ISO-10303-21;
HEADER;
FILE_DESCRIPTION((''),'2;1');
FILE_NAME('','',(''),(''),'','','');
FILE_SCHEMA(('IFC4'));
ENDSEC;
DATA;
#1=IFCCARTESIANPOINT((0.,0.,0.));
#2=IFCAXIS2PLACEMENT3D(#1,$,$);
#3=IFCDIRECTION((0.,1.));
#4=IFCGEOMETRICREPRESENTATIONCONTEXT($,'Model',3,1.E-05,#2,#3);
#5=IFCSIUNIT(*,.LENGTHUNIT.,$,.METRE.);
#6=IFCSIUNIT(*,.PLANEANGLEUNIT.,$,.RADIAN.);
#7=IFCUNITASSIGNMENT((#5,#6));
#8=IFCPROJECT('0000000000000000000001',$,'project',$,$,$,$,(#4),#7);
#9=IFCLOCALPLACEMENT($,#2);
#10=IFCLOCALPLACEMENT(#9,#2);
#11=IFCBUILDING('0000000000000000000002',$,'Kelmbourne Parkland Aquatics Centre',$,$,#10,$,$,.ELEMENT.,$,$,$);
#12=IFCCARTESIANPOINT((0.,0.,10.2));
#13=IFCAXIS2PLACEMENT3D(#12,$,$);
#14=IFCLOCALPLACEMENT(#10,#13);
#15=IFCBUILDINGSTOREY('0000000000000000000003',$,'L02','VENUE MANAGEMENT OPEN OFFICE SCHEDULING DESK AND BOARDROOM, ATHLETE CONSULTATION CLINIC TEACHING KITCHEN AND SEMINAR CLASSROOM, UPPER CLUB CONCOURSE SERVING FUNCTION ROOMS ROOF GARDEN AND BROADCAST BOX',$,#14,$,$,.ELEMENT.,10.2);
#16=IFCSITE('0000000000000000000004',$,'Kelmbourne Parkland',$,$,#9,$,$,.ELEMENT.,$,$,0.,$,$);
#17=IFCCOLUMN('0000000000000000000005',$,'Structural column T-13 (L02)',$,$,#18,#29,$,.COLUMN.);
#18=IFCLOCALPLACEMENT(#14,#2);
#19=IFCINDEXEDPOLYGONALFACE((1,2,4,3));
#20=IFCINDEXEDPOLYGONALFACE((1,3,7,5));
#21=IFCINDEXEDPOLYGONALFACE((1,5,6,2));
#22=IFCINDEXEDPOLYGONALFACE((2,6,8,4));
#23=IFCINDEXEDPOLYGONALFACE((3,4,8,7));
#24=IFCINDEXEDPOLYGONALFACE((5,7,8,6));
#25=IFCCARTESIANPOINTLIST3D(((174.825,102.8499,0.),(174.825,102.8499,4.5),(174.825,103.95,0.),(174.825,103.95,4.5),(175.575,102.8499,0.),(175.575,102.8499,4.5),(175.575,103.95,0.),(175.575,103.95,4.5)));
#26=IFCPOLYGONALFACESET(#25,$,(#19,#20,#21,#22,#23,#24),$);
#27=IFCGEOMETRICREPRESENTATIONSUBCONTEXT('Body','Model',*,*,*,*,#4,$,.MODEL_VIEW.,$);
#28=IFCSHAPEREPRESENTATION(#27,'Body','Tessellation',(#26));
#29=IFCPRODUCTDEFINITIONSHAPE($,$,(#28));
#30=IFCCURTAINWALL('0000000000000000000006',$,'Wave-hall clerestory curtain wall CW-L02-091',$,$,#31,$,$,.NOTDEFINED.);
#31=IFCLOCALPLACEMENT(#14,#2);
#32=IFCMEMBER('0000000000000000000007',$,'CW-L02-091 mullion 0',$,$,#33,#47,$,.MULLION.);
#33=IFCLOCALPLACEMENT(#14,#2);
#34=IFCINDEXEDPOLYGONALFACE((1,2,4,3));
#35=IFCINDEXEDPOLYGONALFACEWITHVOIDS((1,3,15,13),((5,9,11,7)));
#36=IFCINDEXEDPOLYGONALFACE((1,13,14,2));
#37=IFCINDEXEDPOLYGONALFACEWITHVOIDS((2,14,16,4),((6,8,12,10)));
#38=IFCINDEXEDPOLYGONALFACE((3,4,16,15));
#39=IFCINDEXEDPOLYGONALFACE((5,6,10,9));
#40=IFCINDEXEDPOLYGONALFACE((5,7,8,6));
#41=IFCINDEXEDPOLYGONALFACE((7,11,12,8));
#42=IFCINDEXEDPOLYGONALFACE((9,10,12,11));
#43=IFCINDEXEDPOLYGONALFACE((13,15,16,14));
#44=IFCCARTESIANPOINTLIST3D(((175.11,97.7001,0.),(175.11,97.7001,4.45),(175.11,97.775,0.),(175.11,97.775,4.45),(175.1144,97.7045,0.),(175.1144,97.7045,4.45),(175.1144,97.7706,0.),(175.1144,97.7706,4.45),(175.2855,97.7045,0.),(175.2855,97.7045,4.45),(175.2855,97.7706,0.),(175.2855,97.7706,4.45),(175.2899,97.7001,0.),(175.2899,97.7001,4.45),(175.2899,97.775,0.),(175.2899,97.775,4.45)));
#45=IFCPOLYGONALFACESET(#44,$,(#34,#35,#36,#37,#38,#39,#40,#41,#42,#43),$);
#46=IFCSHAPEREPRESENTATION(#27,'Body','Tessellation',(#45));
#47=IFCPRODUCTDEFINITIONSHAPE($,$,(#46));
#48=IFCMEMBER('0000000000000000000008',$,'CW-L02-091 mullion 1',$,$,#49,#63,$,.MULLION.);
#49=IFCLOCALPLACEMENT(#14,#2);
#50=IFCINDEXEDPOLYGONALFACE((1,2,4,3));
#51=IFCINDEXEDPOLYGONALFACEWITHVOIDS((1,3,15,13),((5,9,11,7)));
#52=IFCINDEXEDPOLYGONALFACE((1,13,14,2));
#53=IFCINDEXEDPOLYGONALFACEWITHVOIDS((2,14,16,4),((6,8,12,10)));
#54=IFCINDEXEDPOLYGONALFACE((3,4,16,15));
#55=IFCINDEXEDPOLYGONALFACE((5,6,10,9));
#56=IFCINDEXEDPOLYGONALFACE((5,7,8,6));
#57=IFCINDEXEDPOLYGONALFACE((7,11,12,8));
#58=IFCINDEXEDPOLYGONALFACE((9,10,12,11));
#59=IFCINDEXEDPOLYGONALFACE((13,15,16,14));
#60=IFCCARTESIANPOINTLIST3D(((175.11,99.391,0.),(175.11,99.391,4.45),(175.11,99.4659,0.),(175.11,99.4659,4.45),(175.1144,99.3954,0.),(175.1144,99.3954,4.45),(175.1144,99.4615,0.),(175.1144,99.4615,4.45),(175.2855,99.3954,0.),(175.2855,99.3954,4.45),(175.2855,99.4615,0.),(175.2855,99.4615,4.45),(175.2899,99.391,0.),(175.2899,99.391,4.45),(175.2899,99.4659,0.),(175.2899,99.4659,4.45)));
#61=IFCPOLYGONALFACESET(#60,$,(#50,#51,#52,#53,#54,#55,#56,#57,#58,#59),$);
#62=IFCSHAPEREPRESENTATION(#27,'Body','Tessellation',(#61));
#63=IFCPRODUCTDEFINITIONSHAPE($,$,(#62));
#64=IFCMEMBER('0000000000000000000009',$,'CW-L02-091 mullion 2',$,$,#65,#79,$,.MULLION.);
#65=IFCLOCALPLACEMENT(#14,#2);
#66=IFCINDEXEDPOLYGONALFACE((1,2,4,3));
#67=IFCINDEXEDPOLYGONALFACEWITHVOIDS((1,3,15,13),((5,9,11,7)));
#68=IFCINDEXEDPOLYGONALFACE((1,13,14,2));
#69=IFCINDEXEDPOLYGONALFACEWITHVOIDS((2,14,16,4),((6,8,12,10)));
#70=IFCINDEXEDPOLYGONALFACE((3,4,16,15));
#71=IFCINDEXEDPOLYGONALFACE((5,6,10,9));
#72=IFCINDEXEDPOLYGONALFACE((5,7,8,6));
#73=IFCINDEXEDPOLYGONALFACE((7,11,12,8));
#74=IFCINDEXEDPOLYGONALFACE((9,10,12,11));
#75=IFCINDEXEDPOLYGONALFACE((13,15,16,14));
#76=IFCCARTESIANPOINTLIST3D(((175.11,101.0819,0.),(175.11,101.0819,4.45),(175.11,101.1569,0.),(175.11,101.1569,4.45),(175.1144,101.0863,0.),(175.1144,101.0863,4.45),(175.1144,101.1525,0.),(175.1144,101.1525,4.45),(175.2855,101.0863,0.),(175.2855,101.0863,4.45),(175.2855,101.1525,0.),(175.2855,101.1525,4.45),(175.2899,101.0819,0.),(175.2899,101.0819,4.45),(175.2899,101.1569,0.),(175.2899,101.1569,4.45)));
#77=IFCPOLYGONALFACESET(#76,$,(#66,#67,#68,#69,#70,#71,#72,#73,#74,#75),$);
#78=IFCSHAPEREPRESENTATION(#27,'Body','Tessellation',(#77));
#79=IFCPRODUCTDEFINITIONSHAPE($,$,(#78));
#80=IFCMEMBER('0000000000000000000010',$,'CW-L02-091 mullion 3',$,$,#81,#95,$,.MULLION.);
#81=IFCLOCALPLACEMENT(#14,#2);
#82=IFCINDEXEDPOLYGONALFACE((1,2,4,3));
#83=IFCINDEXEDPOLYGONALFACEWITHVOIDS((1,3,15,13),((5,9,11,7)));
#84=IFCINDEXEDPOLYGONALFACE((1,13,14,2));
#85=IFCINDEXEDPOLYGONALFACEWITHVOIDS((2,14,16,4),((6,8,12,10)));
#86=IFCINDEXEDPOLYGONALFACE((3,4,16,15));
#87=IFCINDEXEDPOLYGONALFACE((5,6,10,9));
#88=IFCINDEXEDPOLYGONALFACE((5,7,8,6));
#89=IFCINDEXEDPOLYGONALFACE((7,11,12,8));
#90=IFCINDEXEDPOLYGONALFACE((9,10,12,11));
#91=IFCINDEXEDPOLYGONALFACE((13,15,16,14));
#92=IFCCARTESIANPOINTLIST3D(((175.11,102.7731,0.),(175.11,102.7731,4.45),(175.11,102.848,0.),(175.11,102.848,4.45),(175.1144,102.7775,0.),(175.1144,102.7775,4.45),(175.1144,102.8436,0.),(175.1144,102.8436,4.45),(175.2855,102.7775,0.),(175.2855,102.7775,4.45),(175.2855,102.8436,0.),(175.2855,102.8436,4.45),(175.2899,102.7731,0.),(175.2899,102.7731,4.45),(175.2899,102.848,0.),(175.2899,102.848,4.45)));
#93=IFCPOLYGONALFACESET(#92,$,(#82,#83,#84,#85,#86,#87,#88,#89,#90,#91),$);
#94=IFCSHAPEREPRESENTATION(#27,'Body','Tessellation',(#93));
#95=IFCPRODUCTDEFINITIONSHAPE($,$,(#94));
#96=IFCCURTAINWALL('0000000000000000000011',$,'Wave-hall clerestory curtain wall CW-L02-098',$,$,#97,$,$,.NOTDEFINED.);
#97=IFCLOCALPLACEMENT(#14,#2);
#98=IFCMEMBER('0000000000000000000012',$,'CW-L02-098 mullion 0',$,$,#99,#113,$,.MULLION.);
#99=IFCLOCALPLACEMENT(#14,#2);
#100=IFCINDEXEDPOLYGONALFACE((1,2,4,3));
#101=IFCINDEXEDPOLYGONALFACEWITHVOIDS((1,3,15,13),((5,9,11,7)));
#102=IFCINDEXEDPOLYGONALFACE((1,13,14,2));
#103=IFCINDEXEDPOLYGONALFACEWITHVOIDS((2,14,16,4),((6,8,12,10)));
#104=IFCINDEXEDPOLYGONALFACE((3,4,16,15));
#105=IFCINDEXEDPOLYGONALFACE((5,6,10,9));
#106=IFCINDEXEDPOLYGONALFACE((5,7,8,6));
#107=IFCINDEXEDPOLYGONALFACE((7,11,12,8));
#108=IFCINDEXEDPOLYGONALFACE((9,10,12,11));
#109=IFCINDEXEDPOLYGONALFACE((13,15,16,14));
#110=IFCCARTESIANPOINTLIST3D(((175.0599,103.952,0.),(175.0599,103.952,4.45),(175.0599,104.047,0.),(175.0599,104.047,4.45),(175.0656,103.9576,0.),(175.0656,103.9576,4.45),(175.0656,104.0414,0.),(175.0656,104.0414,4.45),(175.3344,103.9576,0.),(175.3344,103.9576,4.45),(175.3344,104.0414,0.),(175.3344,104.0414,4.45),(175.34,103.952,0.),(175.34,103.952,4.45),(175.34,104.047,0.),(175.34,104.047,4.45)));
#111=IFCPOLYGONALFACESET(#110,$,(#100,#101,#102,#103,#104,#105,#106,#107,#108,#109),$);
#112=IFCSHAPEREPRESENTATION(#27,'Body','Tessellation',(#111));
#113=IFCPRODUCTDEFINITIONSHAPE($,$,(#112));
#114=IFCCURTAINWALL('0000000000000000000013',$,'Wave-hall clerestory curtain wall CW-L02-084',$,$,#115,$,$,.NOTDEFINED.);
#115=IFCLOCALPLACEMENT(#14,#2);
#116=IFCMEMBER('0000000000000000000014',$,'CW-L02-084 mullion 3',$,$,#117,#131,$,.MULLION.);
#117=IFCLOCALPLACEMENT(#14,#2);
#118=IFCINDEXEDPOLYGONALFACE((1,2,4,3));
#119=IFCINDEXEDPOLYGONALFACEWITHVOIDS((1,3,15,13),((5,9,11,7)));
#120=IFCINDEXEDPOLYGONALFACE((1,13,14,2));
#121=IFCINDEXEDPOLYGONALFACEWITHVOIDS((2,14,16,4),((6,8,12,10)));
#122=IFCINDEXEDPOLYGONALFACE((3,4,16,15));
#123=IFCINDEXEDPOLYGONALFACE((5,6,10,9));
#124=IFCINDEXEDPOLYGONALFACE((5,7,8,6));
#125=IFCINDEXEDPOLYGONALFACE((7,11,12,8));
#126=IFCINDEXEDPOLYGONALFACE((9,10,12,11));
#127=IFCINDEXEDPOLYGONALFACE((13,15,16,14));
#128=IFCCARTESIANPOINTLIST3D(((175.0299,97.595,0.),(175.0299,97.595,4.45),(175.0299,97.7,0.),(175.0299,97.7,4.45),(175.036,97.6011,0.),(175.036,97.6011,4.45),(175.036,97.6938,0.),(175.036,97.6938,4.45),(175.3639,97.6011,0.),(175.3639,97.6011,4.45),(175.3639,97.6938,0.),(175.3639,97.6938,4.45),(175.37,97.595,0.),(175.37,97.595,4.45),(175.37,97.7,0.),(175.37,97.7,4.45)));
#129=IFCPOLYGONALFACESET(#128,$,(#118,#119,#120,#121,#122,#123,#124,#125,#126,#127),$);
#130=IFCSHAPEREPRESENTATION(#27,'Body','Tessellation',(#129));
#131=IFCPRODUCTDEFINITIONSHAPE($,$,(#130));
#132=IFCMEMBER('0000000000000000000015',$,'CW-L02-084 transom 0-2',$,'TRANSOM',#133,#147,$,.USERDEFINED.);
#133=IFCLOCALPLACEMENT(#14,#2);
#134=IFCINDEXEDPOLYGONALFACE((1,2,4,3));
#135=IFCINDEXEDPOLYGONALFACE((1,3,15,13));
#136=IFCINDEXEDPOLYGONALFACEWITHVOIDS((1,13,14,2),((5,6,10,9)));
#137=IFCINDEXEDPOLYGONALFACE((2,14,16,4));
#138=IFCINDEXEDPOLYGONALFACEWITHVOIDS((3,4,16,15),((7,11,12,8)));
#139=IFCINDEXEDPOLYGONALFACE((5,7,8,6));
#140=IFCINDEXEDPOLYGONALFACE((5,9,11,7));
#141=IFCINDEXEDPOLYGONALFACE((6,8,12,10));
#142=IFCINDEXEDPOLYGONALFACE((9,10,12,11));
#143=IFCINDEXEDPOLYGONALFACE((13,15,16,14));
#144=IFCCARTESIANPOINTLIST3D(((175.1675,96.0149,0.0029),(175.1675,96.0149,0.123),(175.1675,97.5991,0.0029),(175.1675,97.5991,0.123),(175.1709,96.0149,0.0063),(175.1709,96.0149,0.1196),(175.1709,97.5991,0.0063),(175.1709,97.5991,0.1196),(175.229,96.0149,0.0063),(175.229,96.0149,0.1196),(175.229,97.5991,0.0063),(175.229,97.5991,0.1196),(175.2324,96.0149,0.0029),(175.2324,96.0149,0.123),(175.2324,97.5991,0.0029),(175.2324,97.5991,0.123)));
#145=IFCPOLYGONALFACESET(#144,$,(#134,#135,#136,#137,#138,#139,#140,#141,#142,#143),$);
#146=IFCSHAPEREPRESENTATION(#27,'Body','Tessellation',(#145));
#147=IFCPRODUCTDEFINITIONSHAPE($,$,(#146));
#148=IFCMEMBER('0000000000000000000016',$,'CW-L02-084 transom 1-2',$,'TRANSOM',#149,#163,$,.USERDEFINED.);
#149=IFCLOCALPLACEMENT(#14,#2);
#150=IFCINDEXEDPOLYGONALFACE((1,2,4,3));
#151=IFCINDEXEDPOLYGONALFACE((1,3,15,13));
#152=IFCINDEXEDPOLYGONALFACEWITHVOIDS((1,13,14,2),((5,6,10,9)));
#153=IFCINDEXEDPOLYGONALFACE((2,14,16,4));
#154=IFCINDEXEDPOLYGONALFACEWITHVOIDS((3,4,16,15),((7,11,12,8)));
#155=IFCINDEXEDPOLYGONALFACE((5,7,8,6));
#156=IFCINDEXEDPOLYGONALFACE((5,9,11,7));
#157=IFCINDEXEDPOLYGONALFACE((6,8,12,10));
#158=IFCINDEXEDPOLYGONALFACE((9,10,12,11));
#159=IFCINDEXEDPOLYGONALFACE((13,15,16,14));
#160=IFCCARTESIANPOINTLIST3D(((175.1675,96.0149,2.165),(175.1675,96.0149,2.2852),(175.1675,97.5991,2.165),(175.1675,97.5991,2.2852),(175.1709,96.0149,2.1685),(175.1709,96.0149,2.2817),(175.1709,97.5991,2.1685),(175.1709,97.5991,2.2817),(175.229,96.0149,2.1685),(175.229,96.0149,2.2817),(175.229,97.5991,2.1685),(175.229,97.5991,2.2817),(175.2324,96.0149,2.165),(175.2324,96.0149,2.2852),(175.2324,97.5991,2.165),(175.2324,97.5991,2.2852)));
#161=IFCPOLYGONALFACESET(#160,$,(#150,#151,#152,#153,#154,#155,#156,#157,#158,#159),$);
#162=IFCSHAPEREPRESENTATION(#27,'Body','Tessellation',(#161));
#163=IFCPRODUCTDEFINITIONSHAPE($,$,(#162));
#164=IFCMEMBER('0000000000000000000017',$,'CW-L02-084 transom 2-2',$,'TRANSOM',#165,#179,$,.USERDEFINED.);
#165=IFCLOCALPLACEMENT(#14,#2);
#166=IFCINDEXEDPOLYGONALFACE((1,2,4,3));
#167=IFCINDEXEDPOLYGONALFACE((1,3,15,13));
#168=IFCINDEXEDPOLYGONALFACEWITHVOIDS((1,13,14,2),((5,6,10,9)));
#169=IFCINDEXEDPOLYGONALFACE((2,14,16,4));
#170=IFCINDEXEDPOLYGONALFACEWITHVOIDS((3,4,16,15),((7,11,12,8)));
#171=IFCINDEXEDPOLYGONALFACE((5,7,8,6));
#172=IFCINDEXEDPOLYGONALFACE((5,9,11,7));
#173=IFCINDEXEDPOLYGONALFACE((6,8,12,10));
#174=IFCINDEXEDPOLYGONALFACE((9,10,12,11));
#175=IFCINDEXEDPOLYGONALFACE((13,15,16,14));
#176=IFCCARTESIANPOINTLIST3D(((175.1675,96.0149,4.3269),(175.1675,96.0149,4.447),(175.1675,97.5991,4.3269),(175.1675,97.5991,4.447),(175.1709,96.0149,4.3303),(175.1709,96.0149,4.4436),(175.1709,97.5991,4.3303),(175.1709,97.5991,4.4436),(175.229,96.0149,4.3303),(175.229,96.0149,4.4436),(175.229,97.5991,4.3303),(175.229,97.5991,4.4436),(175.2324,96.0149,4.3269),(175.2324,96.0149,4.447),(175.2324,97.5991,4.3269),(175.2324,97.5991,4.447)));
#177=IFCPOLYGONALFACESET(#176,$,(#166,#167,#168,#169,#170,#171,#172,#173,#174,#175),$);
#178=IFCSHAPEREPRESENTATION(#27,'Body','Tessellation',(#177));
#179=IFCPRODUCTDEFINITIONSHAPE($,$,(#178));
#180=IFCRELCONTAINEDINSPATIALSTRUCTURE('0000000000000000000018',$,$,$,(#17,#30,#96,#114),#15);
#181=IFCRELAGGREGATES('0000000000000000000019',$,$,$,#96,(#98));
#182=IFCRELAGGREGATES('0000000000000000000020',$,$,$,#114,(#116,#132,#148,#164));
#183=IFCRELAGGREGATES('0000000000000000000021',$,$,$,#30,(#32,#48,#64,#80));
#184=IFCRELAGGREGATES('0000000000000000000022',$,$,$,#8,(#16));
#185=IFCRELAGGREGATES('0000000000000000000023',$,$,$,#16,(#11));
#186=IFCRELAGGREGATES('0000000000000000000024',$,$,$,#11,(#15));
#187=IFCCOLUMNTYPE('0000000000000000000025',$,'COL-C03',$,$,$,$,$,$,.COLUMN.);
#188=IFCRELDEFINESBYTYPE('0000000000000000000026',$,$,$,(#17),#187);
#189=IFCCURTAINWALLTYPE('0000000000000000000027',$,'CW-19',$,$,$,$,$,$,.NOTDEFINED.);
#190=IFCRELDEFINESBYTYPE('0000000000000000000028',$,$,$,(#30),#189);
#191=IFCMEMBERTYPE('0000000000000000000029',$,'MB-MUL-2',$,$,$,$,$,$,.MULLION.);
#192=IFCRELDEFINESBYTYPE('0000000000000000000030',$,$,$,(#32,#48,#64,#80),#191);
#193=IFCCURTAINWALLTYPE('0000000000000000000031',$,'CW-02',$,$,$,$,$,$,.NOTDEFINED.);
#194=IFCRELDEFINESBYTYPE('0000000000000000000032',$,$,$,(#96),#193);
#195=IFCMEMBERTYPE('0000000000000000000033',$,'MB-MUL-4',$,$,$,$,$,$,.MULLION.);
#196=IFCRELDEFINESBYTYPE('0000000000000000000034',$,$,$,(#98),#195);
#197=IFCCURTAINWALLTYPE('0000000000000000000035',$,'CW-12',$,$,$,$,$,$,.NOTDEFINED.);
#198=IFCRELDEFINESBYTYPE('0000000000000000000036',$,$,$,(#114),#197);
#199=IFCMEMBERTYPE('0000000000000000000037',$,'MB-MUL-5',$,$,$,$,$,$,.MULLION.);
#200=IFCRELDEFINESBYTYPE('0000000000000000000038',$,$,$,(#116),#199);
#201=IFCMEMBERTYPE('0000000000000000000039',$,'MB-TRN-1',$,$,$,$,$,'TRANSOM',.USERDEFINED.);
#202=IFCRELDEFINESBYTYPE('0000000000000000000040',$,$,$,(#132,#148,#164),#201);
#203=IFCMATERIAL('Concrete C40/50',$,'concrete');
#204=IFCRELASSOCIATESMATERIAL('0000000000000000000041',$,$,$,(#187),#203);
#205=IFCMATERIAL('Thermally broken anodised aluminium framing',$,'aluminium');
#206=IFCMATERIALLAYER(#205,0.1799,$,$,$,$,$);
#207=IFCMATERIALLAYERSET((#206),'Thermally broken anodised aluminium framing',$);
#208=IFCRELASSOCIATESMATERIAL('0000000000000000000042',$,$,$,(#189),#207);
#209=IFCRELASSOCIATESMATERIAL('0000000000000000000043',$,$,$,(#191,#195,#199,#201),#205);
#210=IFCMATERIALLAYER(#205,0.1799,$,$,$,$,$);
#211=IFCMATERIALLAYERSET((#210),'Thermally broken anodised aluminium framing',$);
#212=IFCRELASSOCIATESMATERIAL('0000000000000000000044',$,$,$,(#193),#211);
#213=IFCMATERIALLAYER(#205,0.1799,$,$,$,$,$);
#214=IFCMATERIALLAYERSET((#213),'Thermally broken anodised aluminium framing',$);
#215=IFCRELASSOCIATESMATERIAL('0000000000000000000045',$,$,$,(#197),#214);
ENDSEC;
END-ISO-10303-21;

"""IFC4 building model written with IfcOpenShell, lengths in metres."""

from ifc_helpers import new_model, si_unit, direction, frame, origin, origin_2d, place, context, subcontext, project, spatial, rectangle, hollow_rectangle, extrude, material, layer, layer_set, material_profile, profile_set, type_object, element, aggregate, save


model = new_model("IFC4")

# Units and contexts
model_context = context("Model", 3, precision=1e-05, world=origin(), true_north=direction((0.0, 1.0)))
body_context = subcontext(model_context, "Body", "Model", "MODEL_VIEW")
ifc_project = project(units=[si_unit("LENGTHUNIT", "METRE"), si_unit("PLANEANGLEUNIT", "RADIAN")], contexts=[model_context])

# Site, building, storey
site_placement = place(None, origin())
site = spatial("IfcSite", under=ifc_project, at=site_placement, Name="Kelmbourne Parkland", CompositionType="ELEMENT", RefElevation=0.0)
building_placement = place(site_placement, origin())
building = spatial("IfcBuilding", under=site, at=building_placement, Name="Kelmbourne Parkland Aquatics Centre", CompositionType="ELEMENT")
storey_placement = place(building_placement, frame((0.0, 0.0, 10.2)))
storey = spatial("IfcBuildingStorey", under=building, at=storey_placement, Name="L02", Description="VENUE MANAGEMENT OPEN OFFICE SCHEDULING DESK AND BOARDROOM, ATHLETE CONSULTATION CLINIC TEACHING KITCHEN AND SEMINAR CLASSROOM, UPPER CLUB CONCOURSE SERVING FUNCTION ROOMS ROOF GARDEN AND BROADCAST BOX", CompositionType="ELEMENT", Elevation=10.2)

# Column
ifc_material_1 = material(Name="Concrete C40/50", Category="concrete")
ifc_material_profile_1 = material_profile(ifc_material_1, rectangle(XDim=0.75, YDim=1.1001, at=origin_2d()), Name="RC 750x1100")
ifc_profile_set_1 = profile_set([ifc_material_profile_1], Name="Concrete C40/50")
column_type = type_object("IfcColumnType", Name="COL-C03", PredefinedType="COLUMN", material=ifc_profile_set_1)
column_placement = place(storey_placement, frame((175.2, 103.3999, 0.0), z_axis=(0.0, 0.0, 1.0), x_axis=(1.0, 0.0, 0.0)))
element("IfcColumn", 1, at=column_placement, inside=storey, type_object=column_type, Name="Structural column T-13 (L02)", PredefinedType="COLUMN", context=body_context, shape_type="SweptSolid", body=[
    extrude(rectangle(XDim=0.75, YDim=1.1001, at=origin_2d()), origin(), (0.0, 0.0, 1.0), 4.5),
])

# Curtain wall, members
ifc_material_2 = material(Name="Thermally broken anodised aluminium framing", Category="aluminium")
ifc_layer_1 = layer(ifc_material_2, 0.1799)
ifc_layer_set_1 = layer_set([ifc_layer_1], Name="Thermally broken anodised aluminium framing")
curtain_wall_type_1 = type_object("IfcCurtainWallType", Name="CW-19", PredefinedType="NOTDEFINED", material=ifc_layer_set_1)
curtain_wall_1_placement = place(storey_placement, origin())
curtain_wall_1 = element("IfcCurtainWall", 2, at=curtain_wall_1_placement, inside=storey, type_object=curtain_wall_type_1, Name="Wave-hall clerestory curtain wall CW-L02-091", PredefinedType="NOTDEFINED")
ifc_material_profile_2 = material_profile(ifc_material_2, hollow_rectangle(XDim=0.075, YDim=0.1799, WallThickness=0.0044, at=origin_2d()), Name="CW-M 75x180")
ifc_profile_set_2 = profile_set([ifc_material_profile_2], Name="Thermally broken anodised aluminium framing")
member_type_1 = type_object("IfcMemberType", Name="MB-MUL-2", PredefinedType="MULLION", material=ifc_profile_set_2)
member_1_placement = place(storey_placement, frame((175.2, 97.7375, 0.0), z_axis=(0.0, 0.0, 1.0), x_axis=(0.0, 1.0, 0.0)))
member_1 = element("IfcMember", 3, at=member_1_placement, type_object=member_type_1, Name="CW-L02-091 mullion 0", PredefinedType="MULLION", context=body_context, shape_type="SweptSolid", body=[
    extrude(hollow_rectangle(XDim=0.075, YDim=0.1799, WallThickness=0.0044, at=origin_2d()), origin(), (0.0, 0.0, 1.0), 4.45),
])
member_2_placement = place(storey_placement, frame((175.2, 99.4285, 0.0), z_axis=(0.0, 0.0, 1.0), x_axis=(0.0, 1.0, 0.0)))
member_2 = element("IfcMember", 4, at=member_2_placement, type_object=member_type_1, Name="CW-L02-091 mullion 1", PredefinedType="MULLION", context=body_context, shape_type="SweptSolid", body=[
    extrude(hollow_rectangle(XDim=0.075, YDim=0.1799, WallThickness=0.0044, at=origin_2d()), origin(), (0.0, 0.0, 1.0), 4.45),
])
member_3_placement = place(storey_placement, frame((175.2, 101.1194, 0.0), z_axis=(0.0, 0.0, 1.0), x_axis=(0.0, 1.0, 0.0)))
member_3 = element("IfcMember", 5, at=member_3_placement, type_object=member_type_1, Name="CW-L02-091 mullion 2", PredefinedType="MULLION", context=body_context, shape_type="SweptSolid", body=[
    extrude(hollow_rectangle(XDim=0.075, YDim=0.1799, WallThickness=0.0044, at=origin_2d()), origin(), (0.0, 0.0, 1.0), 4.45),
])
member_4_placement = place(storey_placement, frame((175.2, 102.8105, 0.0), z_axis=(0.0, 0.0, 1.0), x_axis=(0.0, 1.0, 0.0)))
member_4 = element("IfcMember", 6, at=member_4_placement, type_object=member_type_1, Name="CW-L02-091 mullion 3", PredefinedType="MULLION", context=body_context, shape_type="SweptSolid", body=[
    extrude(hollow_rectangle(XDim=0.075, YDim=0.1799, WallThickness=0.0044, at=origin_2d()), origin(), (0.0, 0.0, 1.0), 4.45),
])

# Curtain wall, member
ifc_layer_2 = layer(ifc_material_2, 0.1799)
ifc_layer_set_2 = layer_set([ifc_layer_2], Name="Thermally broken anodised aluminium framing")
curtain_wall_type_2 = type_object("IfcCurtainWallType", Name="CW-02", PredefinedType="NOTDEFINED", material=ifc_layer_set_2)
curtain_wall_2_placement = place(storey_placement, origin())
curtain_wall_2 = element("IfcCurtainWall", 7, at=curtain_wall_2_placement, inside=storey, type_object=curtain_wall_type_2, Name="Wave-hall clerestory curtain wall CW-L02-098", PredefinedType="NOTDEFINED")
ifc_material_profile_3 = material_profile(ifc_material_2, hollow_rectangle(XDim=0.095, YDim=0.28, WallThickness=0.0056, at=origin_2d()), Name="CW-M 95x280")
ifc_profile_set_3 = profile_set([ifc_material_profile_3], Name="Thermally broken anodised aluminium framing")
member_type_2 = type_object("IfcMemberType", Name="MB-MUL-4", PredefinedType="MULLION", material=ifc_profile_set_3)
member_5_placement = place(storey_placement, frame((175.2, 103.9995, 0.0), z_axis=(0.0, 0.0, 1.0), x_axis=(0.0, 1.0, 0.0)))
member_5 = element("IfcMember", 8, at=member_5_placement, type_object=member_type_2, Name="CW-L02-098 mullion 0", PredefinedType="MULLION", context=body_context, shape_type="SweptSolid", body=[
    extrude(hollow_rectangle(XDim=0.095, YDim=0.28, WallThickness=0.0056, at=origin_2d()), origin(), (0.0, 0.0, 1.0), 4.45),
])

# Curtain wall, members
ifc_layer_3 = layer(ifc_material_2, 0.1799)
ifc_layer_set_3 = layer_set([ifc_layer_3], Name="Thermally broken anodised aluminium framing")
curtain_wall_type_3 = type_object("IfcCurtainWallType", Name="CW-12", PredefinedType="NOTDEFINED", material=ifc_layer_set_3)
curtain_wall_3_placement = place(storey_placement, origin())
curtain_wall_3 = element("IfcCurtainWall", 9, at=curtain_wall_3_placement, inside=storey, type_object=curtain_wall_type_3, Name="Wave-hall clerestory curtain wall CW-L02-084", PredefinedType="NOTDEFINED")
ifc_material_profile_4 = material_profile(ifc_material_2, hollow_rectangle(XDim=0.105, YDim=0.3401, WallThickness=0.0061, at=origin_2d()), Name="CW-M 105x340")
ifc_profile_set_4 = profile_set([ifc_material_profile_4], Name="Thermally broken anodised aluminium framing")
member_type_3 = type_object("IfcMemberType", Name="MB-MUL-5", PredefinedType="MULLION", material=ifc_profile_set_4)
member_6_placement = place(storey_placement, frame((175.2, 97.6475, 0.0), z_axis=(0.0, 0.0, 1.0), x_axis=(0.0, 1.0, 0.0)))
member_6 = element("IfcMember", 10, at=member_6_placement, type_object=member_type_3, Name="CW-L02-084 mullion 3", PredefinedType="MULLION", context=body_context, shape_type="SweptSolid", body=[
    extrude(hollow_rectangle(XDim=0.105, YDim=0.3401, WallThickness=0.0061, at=origin_2d()), origin(), (0.0, 0.0, 1.0), 4.45),
])
ifc_material_profile_5 = material_profile(ifc_material_2, hollow_rectangle(XDim=0.0649, YDim=0.1201, WallThickness=0.0034, at=origin_2d()), Name="CW-T 65x120")
ifc_profile_set_5 = profile_set([ifc_material_profile_5], Name="Thermally broken anodised aluminium framing")
member_type_4 = type_object("IfcMemberType", Name="MB-TRN-1", ElementType="TRANSOM", PredefinedType="USERDEFINED", material=ifc_profile_set_5)
member_7_placement = place(storey_placement, frame((175.2, 96.0149, 0.063), z_axis=(0.0, 1.0, 0.0), x_axis=(-1.0, 0.0, 0.0)))
member_7 = element("IfcMember", 11, at=member_7_placement, type_object=member_type_4, Name="CW-L02-084 transom 0-2", ObjectType="TRANSOM", PredefinedType="USERDEFINED", context=body_context, shape_type="SweptSolid", body=[
    extrude(hollow_rectangle(XDim=0.0649, YDim=0.1201, WallThickness=0.0034, at=origin_2d()), origin(), (0.0, 0.0, 1.0), 1.5842),
])
member_8_placement = place(storey_placement, frame((175.2, 96.0149, 2.2251), z_axis=(0.0, 1.0, 0.0), x_axis=(-1.0, 0.0, 0.0)))
member_8 = element("IfcMember", 12, at=member_8_placement, type_object=member_type_4, Name="CW-L02-084 transom 1-2", ObjectType="TRANSOM", PredefinedType="USERDEFINED", context=body_context, shape_type="SweptSolid", body=[
    extrude(hollow_rectangle(XDim=0.0649, YDim=0.1201, WallThickness=0.0034, at=origin_2d()), origin(), (0.0, 0.0, 1.0), 1.5842),
])
member_9_placement = place(storey_placement, frame((175.2, 96.0149, 4.387), z_axis=(0.0, 1.0, 0.0), x_axis=(-1.0, 0.0, 0.0)))
member_9 = element("IfcMember", 13, at=member_9_placement, type_object=member_type_4, Name="CW-L02-084 transom 2-2", ObjectType="TRANSOM", PredefinedType="USERDEFINED", context=body_context, shape_type="SweptSolid", body=[
    extrude(hollow_rectangle(XDim=0.0649, YDim=0.1201, WallThickness=0.0034, at=origin_2d()), origin(), (0.0, 0.0, 1.0), 1.5842),
])

aggregate(curtain_wall_2, [member_5])

aggregate(curtain_wall_3, [member_6, member_7, member_8, member_9])
aggregate(curtain_wall_1, [member_1, member_2, member_3, member_4])

save(model, "model.ifc")
